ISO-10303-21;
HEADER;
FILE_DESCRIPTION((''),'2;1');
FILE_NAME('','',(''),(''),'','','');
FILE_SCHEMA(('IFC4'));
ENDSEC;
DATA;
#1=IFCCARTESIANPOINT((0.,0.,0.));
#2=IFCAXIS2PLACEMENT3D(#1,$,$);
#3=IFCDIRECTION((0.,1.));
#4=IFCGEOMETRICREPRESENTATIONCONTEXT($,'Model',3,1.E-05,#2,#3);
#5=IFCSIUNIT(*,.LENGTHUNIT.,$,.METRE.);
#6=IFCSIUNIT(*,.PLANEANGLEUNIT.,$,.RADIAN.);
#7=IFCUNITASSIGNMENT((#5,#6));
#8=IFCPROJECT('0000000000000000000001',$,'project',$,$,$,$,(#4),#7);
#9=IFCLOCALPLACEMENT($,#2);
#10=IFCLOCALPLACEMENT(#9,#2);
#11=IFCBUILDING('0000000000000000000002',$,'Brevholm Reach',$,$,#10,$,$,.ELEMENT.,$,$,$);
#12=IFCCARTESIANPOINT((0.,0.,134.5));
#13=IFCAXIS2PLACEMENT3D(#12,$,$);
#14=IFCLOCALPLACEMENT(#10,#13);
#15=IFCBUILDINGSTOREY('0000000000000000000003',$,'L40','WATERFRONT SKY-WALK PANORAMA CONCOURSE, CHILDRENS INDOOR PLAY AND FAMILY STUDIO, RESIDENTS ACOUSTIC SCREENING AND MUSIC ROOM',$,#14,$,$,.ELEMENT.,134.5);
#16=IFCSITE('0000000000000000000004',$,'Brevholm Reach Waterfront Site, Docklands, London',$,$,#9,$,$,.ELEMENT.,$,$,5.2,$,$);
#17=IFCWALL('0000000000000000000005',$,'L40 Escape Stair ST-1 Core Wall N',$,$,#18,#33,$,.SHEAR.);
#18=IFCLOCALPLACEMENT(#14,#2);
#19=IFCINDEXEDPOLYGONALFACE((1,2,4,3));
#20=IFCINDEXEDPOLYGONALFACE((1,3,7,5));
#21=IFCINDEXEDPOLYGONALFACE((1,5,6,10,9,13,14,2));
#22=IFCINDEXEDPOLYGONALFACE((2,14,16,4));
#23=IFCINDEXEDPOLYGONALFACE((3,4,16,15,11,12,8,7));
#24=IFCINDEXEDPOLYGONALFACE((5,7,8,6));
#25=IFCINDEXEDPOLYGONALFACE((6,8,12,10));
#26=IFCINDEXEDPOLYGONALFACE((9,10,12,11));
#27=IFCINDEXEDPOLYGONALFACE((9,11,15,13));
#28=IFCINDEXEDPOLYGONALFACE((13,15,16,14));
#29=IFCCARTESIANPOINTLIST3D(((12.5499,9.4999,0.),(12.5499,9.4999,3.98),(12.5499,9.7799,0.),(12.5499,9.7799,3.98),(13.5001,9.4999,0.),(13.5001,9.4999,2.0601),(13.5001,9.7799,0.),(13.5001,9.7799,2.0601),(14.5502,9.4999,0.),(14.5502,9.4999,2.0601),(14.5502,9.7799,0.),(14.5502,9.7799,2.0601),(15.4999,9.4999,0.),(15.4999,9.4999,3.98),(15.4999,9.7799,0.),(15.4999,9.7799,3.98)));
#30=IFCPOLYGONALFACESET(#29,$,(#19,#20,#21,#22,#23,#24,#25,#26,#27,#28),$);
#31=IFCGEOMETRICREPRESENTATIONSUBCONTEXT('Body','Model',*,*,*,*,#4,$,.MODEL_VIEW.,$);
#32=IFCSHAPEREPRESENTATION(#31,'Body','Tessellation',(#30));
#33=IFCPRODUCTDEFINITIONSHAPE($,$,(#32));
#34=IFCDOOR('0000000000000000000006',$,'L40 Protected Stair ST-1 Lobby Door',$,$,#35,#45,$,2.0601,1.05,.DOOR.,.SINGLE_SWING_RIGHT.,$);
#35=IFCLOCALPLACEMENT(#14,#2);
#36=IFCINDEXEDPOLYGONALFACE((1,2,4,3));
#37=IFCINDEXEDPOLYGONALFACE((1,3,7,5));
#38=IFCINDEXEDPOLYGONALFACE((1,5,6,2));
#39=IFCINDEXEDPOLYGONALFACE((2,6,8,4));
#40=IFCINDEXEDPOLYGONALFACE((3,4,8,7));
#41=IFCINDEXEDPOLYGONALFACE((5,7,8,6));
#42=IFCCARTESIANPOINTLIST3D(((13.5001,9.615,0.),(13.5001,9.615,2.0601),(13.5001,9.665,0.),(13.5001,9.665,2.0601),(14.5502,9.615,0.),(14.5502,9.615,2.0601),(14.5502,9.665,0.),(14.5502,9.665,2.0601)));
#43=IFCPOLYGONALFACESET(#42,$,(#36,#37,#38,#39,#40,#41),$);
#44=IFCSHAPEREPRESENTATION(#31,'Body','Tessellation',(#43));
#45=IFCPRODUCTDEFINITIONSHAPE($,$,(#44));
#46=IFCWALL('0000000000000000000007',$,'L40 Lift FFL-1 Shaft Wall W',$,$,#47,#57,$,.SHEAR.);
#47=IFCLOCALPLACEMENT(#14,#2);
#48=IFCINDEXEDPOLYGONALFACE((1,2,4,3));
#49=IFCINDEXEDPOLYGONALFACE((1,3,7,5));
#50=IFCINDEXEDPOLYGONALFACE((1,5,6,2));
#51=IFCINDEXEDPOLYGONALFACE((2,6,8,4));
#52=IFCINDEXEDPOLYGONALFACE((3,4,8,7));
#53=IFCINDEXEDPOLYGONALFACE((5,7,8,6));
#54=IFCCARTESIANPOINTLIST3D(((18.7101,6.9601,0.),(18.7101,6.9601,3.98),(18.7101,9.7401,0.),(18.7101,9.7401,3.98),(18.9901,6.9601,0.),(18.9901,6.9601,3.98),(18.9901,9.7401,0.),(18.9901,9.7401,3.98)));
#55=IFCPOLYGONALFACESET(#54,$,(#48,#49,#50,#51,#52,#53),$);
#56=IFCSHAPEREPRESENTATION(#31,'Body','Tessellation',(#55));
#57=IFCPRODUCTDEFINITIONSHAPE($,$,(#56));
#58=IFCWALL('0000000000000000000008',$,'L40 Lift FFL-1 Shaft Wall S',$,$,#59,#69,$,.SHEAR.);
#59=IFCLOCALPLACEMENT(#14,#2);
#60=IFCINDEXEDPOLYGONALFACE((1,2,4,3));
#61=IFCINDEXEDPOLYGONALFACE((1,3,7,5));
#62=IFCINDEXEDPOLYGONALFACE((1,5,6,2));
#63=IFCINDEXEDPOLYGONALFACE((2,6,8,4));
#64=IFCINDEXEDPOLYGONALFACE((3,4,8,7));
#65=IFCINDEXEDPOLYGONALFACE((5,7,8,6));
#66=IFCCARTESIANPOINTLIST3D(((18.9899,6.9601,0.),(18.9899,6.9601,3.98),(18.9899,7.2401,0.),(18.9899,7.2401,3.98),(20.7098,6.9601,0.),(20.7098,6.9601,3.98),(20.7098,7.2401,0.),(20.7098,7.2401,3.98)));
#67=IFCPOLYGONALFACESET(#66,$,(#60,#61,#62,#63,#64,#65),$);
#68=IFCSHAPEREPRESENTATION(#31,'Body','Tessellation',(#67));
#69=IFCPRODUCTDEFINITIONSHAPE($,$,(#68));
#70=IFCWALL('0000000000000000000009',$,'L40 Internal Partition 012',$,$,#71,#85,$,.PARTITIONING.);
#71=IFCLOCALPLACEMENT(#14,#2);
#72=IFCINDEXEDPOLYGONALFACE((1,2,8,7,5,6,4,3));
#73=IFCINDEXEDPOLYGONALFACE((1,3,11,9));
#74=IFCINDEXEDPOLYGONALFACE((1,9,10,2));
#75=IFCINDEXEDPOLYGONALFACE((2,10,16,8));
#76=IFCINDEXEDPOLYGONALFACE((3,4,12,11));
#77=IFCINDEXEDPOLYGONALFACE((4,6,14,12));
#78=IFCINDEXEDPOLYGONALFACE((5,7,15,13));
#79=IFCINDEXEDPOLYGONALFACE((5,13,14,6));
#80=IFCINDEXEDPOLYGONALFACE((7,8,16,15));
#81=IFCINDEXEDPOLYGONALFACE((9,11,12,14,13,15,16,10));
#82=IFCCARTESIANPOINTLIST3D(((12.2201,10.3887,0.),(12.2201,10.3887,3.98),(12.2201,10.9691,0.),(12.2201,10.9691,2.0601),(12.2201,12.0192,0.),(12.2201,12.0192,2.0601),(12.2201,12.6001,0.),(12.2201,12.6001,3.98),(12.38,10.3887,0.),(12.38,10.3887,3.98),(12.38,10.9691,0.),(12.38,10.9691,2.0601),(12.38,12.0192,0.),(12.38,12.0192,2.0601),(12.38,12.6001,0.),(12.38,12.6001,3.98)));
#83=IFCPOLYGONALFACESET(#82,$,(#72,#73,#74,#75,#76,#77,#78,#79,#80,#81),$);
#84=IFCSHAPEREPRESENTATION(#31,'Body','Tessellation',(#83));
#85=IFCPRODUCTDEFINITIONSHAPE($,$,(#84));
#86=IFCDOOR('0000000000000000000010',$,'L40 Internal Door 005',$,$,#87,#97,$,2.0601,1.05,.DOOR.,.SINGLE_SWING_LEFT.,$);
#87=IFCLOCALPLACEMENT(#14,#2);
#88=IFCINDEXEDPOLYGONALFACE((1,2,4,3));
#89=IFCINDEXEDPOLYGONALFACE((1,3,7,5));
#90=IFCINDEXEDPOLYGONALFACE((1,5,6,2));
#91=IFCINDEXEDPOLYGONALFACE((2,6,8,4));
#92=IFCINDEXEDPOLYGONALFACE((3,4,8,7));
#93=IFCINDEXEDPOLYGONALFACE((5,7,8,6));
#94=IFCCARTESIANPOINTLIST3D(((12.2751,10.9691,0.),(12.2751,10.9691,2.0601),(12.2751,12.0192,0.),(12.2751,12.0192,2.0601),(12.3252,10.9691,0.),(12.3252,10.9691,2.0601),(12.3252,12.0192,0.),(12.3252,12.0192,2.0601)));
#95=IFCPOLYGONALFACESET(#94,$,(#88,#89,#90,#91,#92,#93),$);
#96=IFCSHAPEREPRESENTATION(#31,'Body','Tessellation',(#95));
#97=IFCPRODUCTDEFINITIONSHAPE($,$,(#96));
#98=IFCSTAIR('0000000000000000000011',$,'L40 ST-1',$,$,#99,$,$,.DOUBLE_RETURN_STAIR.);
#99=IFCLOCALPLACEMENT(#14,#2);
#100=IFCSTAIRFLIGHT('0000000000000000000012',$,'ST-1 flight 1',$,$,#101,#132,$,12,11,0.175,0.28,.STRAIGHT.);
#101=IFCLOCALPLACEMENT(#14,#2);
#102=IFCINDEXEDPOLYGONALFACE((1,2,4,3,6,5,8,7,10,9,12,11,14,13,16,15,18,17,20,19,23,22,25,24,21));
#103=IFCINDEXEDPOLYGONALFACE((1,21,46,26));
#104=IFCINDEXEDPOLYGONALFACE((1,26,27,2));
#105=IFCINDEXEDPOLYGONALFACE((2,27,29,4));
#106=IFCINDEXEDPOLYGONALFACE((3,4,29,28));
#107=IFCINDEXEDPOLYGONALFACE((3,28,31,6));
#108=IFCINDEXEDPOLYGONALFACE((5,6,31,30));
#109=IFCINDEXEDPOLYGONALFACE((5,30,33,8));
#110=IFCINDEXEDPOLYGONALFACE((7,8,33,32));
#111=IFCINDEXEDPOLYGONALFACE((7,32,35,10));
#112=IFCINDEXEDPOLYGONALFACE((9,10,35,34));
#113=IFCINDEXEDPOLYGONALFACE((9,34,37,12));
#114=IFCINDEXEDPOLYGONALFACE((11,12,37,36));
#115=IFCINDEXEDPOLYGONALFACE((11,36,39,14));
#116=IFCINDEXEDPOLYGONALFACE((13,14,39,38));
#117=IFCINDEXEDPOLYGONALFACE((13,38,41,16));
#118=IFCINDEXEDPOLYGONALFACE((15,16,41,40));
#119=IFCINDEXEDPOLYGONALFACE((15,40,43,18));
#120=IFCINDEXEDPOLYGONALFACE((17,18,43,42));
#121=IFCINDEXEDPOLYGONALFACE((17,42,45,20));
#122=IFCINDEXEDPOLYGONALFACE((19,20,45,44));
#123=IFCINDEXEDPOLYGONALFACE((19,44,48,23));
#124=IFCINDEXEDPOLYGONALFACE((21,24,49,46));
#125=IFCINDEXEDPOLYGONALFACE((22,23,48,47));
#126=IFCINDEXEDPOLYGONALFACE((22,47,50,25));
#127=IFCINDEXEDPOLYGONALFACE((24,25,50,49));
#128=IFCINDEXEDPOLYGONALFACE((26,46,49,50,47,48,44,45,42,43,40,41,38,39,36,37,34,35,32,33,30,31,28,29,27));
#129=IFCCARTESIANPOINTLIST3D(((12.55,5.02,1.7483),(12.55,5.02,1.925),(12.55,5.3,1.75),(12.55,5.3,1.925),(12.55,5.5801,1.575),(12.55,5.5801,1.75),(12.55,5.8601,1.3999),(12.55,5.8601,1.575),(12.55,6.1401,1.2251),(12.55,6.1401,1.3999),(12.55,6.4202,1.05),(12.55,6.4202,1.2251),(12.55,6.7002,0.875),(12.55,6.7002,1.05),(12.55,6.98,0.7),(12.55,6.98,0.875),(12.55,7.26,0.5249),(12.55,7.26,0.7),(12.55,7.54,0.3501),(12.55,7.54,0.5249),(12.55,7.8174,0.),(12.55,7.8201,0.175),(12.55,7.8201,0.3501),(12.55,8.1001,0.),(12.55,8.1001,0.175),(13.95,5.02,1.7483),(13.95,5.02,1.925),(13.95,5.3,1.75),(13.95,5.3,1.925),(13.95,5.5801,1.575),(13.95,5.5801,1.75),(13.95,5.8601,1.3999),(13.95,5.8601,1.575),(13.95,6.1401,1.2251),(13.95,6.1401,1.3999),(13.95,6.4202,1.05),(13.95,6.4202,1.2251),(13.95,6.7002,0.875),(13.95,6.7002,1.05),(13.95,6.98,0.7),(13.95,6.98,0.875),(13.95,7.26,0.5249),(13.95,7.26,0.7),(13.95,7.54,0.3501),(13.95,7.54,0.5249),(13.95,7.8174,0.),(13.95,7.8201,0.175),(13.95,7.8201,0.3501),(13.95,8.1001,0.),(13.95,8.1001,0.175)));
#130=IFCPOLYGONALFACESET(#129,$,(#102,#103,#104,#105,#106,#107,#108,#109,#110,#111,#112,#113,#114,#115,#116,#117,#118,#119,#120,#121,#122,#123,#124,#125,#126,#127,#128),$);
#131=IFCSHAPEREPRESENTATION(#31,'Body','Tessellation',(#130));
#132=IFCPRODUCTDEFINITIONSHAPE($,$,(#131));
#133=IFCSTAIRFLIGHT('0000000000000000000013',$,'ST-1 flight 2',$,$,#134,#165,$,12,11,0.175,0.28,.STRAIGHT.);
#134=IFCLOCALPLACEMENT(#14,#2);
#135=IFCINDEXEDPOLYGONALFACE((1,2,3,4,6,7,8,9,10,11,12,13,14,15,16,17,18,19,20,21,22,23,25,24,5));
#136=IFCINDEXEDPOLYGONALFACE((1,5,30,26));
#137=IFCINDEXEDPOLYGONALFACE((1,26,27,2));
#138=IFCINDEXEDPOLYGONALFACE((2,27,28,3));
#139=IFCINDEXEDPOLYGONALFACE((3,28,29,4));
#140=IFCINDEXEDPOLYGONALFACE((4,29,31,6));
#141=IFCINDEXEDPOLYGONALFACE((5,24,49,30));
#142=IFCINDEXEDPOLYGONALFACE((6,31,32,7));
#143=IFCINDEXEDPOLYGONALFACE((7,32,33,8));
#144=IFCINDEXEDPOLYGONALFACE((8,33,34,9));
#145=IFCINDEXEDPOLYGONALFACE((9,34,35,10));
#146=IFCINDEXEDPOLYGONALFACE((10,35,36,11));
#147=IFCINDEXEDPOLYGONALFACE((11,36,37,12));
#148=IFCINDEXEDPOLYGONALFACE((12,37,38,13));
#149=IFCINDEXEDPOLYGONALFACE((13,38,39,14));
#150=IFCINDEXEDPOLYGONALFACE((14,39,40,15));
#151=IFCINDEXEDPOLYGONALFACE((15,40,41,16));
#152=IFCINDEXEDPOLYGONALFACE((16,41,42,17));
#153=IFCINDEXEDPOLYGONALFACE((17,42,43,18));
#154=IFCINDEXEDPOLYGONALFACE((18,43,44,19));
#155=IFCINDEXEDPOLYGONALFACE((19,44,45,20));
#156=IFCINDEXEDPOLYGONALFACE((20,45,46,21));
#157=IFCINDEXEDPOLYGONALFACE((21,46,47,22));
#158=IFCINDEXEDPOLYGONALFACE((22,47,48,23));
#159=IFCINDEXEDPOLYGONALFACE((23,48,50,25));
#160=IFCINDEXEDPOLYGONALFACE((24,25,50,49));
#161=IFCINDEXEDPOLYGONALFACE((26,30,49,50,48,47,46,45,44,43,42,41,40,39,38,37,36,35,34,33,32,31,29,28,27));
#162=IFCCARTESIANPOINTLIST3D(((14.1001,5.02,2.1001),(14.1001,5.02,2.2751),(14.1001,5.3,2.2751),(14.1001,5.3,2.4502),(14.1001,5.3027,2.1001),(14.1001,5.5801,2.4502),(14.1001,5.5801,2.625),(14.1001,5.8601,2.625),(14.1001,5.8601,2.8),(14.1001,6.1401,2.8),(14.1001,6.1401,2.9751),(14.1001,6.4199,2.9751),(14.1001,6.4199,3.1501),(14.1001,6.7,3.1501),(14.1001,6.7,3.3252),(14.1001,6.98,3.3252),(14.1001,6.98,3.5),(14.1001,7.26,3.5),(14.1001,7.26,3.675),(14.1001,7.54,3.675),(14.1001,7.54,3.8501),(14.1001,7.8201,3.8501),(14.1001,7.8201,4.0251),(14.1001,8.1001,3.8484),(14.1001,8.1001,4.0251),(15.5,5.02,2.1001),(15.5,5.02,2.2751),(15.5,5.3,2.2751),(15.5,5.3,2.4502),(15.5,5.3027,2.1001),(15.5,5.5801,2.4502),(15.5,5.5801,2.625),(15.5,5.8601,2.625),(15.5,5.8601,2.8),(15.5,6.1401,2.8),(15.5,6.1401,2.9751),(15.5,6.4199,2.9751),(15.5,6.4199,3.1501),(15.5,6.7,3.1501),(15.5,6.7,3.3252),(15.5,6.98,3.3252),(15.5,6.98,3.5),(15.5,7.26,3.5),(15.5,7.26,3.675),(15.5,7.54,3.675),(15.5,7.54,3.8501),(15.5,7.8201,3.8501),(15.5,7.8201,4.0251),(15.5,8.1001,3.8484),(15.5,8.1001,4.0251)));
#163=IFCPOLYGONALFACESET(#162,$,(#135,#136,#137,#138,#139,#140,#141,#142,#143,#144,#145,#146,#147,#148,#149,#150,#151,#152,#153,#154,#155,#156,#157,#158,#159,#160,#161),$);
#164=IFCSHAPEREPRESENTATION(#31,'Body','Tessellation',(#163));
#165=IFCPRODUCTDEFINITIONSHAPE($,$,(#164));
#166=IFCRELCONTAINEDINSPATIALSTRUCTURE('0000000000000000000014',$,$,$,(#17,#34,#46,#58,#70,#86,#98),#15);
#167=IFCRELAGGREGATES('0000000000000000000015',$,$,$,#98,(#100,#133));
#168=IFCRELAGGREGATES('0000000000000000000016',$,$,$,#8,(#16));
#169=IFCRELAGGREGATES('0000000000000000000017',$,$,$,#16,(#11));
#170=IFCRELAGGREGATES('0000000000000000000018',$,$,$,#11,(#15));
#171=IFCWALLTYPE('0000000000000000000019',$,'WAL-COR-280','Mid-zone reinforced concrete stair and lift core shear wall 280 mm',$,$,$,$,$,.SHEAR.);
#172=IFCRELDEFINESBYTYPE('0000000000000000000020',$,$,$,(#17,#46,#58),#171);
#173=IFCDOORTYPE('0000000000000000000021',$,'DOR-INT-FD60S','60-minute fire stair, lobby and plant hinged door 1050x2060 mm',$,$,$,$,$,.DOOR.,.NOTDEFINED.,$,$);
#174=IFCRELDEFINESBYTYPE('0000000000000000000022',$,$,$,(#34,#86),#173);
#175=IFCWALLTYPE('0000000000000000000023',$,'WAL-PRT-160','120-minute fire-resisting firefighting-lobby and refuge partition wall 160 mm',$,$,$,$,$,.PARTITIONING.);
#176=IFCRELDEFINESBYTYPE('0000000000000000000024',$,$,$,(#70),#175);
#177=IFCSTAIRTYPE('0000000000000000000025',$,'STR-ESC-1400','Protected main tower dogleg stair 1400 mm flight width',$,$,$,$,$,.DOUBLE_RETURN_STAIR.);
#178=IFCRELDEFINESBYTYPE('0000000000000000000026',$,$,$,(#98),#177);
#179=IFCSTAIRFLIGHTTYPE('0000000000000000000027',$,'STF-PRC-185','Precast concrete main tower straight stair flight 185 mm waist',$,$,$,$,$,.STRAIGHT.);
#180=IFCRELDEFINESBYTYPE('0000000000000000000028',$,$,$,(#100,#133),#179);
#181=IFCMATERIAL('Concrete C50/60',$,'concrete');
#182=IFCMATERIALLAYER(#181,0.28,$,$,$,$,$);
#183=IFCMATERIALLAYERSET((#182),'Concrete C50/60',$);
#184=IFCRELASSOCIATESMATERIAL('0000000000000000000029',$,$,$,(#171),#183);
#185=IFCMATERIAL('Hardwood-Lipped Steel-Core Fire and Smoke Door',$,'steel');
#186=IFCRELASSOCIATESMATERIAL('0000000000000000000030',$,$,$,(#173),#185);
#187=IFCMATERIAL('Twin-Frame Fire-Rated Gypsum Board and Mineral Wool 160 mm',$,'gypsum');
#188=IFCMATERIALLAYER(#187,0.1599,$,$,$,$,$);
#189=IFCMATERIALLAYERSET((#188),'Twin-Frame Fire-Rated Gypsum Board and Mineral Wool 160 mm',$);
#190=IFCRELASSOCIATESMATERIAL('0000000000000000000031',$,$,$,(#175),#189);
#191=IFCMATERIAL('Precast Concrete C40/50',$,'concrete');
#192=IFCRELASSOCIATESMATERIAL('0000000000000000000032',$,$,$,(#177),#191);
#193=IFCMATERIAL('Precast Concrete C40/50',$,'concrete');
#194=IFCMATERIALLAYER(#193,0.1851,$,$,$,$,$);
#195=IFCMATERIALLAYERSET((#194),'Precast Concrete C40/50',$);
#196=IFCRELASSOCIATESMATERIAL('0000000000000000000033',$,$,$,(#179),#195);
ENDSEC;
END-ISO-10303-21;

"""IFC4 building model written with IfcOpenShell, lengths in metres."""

from ifc_helpers import new_model, si_unit, direction, frame, frame_2d, origin, place, context, subcontext, project, spatial, polyline, rectangle, outline, extrude, material, layer, layer_set, type_object, element, fill, aggregate, save


model = new_model("IFC4")

# Units and contexts
model_context = context("Model", 3, precision=1e-05, world=origin(), true_north=direction((0.0, 1.0)))
body_context = subcontext(model_context, "Body", "Model", "MODEL_VIEW")
ifc_project = project(units=[si_unit("LENGTHUNIT", "METRE"), si_unit("PLANEANGLEUNIT", "RADIAN")], contexts=[model_context])

# Site, building, storey
site_placement = place(None, origin())
site = spatial("IfcSite", under=ifc_project, at=site_placement, Name="Brevholm Reach Waterfront Site, Docklands, London", CompositionType="ELEMENT", RefElevation=5.2)
building_placement = place(site_placement, origin())
building = spatial("IfcBuilding", under=site, at=building_placement, Name="Brevholm Reach", CompositionType="ELEMENT")
storey_placement = place(building_placement, frame((0.0, 0.0, 134.5)))
storey = spatial("IfcBuildingStorey", under=building, at=storey_placement, Name="L40", Description="WATERFRONT SKY-WALK PANORAMA CONCOURSE, CHILDRENS INDOOR PLAY AND FAMILY STUDIO, RESIDENTS ACOUSTIC SCREENING AND MUSIC ROOM", CompositionType="ELEMENT", Elevation=134.5)

# Shared definitions
ifc_material_1 = material(Name="Concrete C50/60", Category="concrete")
ifc_layer_1 = layer(ifc_material_1, 0.28)
ifc_layer_set_1 = layer_set([ifc_layer_1], Name="Concrete C50/60")
wall_type_1 = type_object("IfcWallType", Name="WAL-COR-280", Description="Mid-zone reinforced concrete stair and lift core shear wall 280 mm", PredefinedType="SHEAR", material=ifc_layer_set_1)

# Wall, opening, door
wall_1_placement = place(storey_placement, frame((15.5, 9.6399, 0.0), z_axis=(0.0, 0.0, 1.0), x_axis=(-1.0, 0.0, 0.0)))
wall_1 = element("IfcWall", 1, at=wall_1_placement, inside=storey, type_object=wall_type_1, Name="L40 Escape Stair ST-1 Core Wall N", PredefinedType="SHEAR", context=body_context, shape_type="SweptSolid", body=[
    extrude(rectangle(XDim=2.95, YDim=0.28, at=frame_2d((1.4751, 0.0))), origin(), (0.0, 0.0, 1.0), 3.98),
])
opening_1_placement = place(wall_1_placement, frame((0.95, 0.0, 0.0)))
opening_1 = element("IfcOpeningElement", 2, at=opening_1_placement, cuts=wall_1, PredefinedType="OPENING", context=body_context, shape_type="SweptSolid", body=[
    extrude(rectangle(XDim=1.05, YDim=2.0601, at=frame_2d((0.5249, 1.03))), frame((0.0, 0.1499, 0.0), z_axis=(0.0, -1.0, 0.0), x_axis=(1.0, 0.0, 0.0)), (0.0, 0.0, 1.0), 0.3),
])
ifc_material_2 = material(Name="Hardwood-Lipped Steel-Core Fire and Smoke Door", Category="steel")
door_type = type_object("IfcDoorType", Name="DOR-INT-FD60S", Description="60-minute fire stair, lobby and plant hinged door 1050x2060 mm", OperationType="NOTDEFINED", PredefinedType="DOOR", material=ifc_material_2)
door_1_placement = place(opening_1_placement, origin())
door_1 = element("IfcDoor", 3, at=door_1_placement, inside=storey, type_object=door_type, Name="L40 Protected Stair ST-1 Lobby Door", OperationType="SINGLE_SWING_RIGHT", OverallHeight=2.0601, OverallWidth=1.05, PredefinedType="DOOR", context=body_context, shape_type="SweptSolid", body=[
    extrude(rectangle(XDim=1.05, YDim=2.0601, at=frame_2d((0.5249, 1.03))), frame((0.0, 0.0249, 0.0), z_axis=(0.0, -1.0, 0.0), x_axis=(1.0, 0.0, 0.0)), (0.0, 0.0, 1.0), 0.05),
])
fill(opening_1, door_1)

# Walls
wall_2_placement = place(storey_placement, frame((18.8501, 6.96, 0.0), z_axis=(0.0, 0.0, 1.0), x_axis=(0.0, 1.0, 0.0)))
element("IfcWall", 4, at=wall_2_placement, inside=storey, type_object=wall_type_1, Name="L40 Lift FFL-1 Shaft Wall W", PredefinedType="SHEAR", context=body_context, shape_type="SweptSolid", body=[
    extrude(rectangle(XDim=2.78, YDim=0.28, at=frame_2d((1.3901, 0.0))), origin(), (0.0, 0.0, 1.0), 3.98),
])
wall_3_placement = place(storey_placement, frame((18.99, 7.1001, 0.0), z_axis=(0.0, 0.0, 1.0), x_axis=(1.0, 0.0, 0.0)))
element("IfcWall", 5, at=wall_3_placement, inside=storey, type_object=wall_type_1, Name="L40 Lift FFL-1 Shaft Wall S", PredefinedType="SHEAR", context=body_context, shape_type="SweptSolid", body=[
    extrude(rectangle(XDim=1.72, YDim=0.28, at=frame_2d((0.8599, 0.0))), origin(), (0.0, 0.0, 1.0), 3.98),
])

# Wall, opening, door
ifc_material_3 = material(Name="Twin-Frame Fire-Rated Gypsum Board and Mineral Wool 160 mm", Category="gypsum")
ifc_layer_2 = layer(ifc_material_3, 0.1599)
ifc_layer_set_2 = layer_set([ifc_layer_2], Name="Twin-Frame Fire-Rated Gypsum Board and Mineral Wool 160 mm")
wall_type_2 = type_object("IfcWallType", Name="WAL-PRT-160", Description="120-minute fire-resisting firefighting-lobby and refuge partition wall 160 mm", PredefinedType="PARTITIONING", material=ifc_layer_set_2)
wall_4_placement = place(storey_placement, frame((12.3, 10.3887, 0.0), z_axis=(0.0, 0.0, 1.0), x_axis=(0.0, 1.0, 0.0)))
wall_4 = element("IfcWall", 6, at=wall_4_placement, inside=storey, type_object=wall_type_2, Name="L40 Internal Partition 012", PredefinedType="PARTITIONING", context=body_context, shape_type="SweptSolid", body=[
    extrude(rectangle(XDim=2.2114, YDim=0.1599, at=frame_2d((1.1057, 0.0))), origin(), (0.0, 0.0, 1.0), 3.98),
])
opening_2_placement = place(wall_4_placement, frame((0.5806, 0.0, 0.0)))
opening_2 = element("IfcOpeningElement", 7, at=opening_2_placement, cuts=wall_4, PredefinedType="OPENING", context=body_context, shape_type="SweptSolid", body=[
    extrude(rectangle(XDim=1.05, YDim=2.0601, at=frame_2d((0.5249, 1.03))), frame((0.0, 0.0898, 0.0), z_axis=(0.0, -1.0, 0.0), x_axis=(1.0, 0.0, 0.0)), (0.0, 0.0, 1.0), 0.1799),
])
door_2_placement = place(opening_2_placement, origin())
door_2 = element("IfcDoor", 8, at=door_2_placement, inside=storey, type_object=door_type, Name="L40 Internal Door 005", OperationType="SINGLE_SWING_LEFT", OverallHeight=2.0601, OverallWidth=1.05, PredefinedType="DOOR", context=body_context, shape_type="SweptSolid", body=[
    extrude(rectangle(XDim=1.05, YDim=2.0601, at=frame_2d((0.5249, 1.03))), frame((0.0, 0.0249, 0.0), z_axis=(0.0, -1.0, 0.0), x_axis=(1.0, 0.0, 0.0)), (0.0, 0.0, 1.0), 0.05),
])
fill(opening_2, door_2)

# Stair, stair flights
ifc_material_4 = material(Name="Precast Concrete C40/50", Category="concrete")
stair_type = type_object("IfcStairType", Name="STR-ESC-1400", Description="Protected main tower dogleg stair 1400 mm flight width", PredefinedType="DOUBLE_RETURN_STAIR", material=ifc_material_4)
stair_placement = place(storey_placement, origin())
stair = element("IfcStair", 9, at=stair_placement, inside=storey, type_object=stair_type, Name="L40 ST-1", PredefinedType="DOUBLE_RETURN_STAIR")
ifc_material_5 = material(Name="Precast Concrete C40/50", Category="concrete")
ifc_layer_3 = layer(ifc_material_5, 0.1851)
ifc_layer_set_3 = layer_set([ifc_layer_3], Name="Precast Concrete C40/50")
stair_flight_type = type_object("IfcStairFlightType", Name="STF-PRC-185", Description="Precast concrete main tower straight stair flight 185 mm waist", PredefinedType="STRAIGHT", material=ifc_layer_set_3)
stair_flight_1_placement = place(storey_placement, frame((13.25, 8.1001, 0.0), z_axis=(0.0, 0.0, 1.0), x_axis=(0.0, -1.0, 0.0)))
stair_flight_1 = element("IfcStairFlight", 10, at=stair_flight_1_placement, type_object=stair_flight_type, Name="ST-1 flight 1", NumberOfRisers=12, NumberOfTreads=11, PredefinedType="STRAIGHT", RiserHeight=0.175, TreadLength=0.28, context=body_context, shape_type="SweptSolid", body=[
    extrude(outline(polyline([(0.0, 0.0), (0.0, 0.175), (0.28, 0.175), (0.28, 0.3501), (0.5601, 0.3501), (0.5601, 0.5249), (0.8401, 0.5249), (0.8401, 0.7), (1.1201, 0.7), (1.1201, 0.875), (1.3999, 0.875), (1.3999, 1.05), (1.6799, 1.05), (1.6799, 1.2251), (1.96, 1.2251), (1.96, 1.3999), (2.24, 1.3999), (2.24, 1.575), (2.52, 1.575), (2.52, 1.75), (2.8, 1.75), (2.8, 1.925), (3.0801, 1.925), (3.0801, 2.1001), (3.0801, 1.7483), (0.2827, 0.0), (0.0, 0.0)])), frame((0.0, 0.7, 0.0), z_axis=(0.0, -1.0, 0.0), x_axis=(1.0, 0.0, 0.0)), (0.0, 0.0, 1.0), 1.3999),
])
stair_flight_2_placement = place(storey_placement, frame((14.8, 5.02, 2.1001), z_axis=(0.0, 0.0, 1.0), x_axis=(0.0, 1.0, 0.0)))
stair_flight_2 = element("IfcStairFlight", 11, at=stair_flight_2_placement, type_object=stair_flight_type, Name="ST-1 flight 2", NumberOfRisers=12, NumberOfTreads=11, PredefinedType="STRAIGHT", RiserHeight=0.175, TreadLength=0.28, context=body_context, shape_type="SweptSolid", body=[
    extrude(outline(polyline([(0.0, 0.0), (0.0, 0.175), (0.28, 0.175), (0.28, 0.3501), (0.5601, 0.3501), (0.5601, 0.5249), (0.8401, 0.5249), (0.8401, 0.7), (1.1201, 0.7), (1.1201, 0.875), (1.3999, 0.875), (1.3999, 1.05), (1.6799, 1.05), (1.6799, 1.2251), (1.96, 1.2251), (1.96, 1.3999), (2.24, 1.3999), (2.24, 1.575), (2.52, 1.575), (2.52, 1.75), (2.8, 1.75), (2.8, 1.925), (3.0801, 1.925), (3.0801, 2.1001), (3.0801, 1.7483), (0.2827, 0.0), (0.0, 0.0)])), frame((0.0, 0.7, 0.0), z_axis=(0.0, -1.0, 0.0), x_axis=(1.0, 0.0, 0.0)), (0.0, 0.0, 1.0), 1.3999),
])
aggregate(stair, [stair_flight_1, stair_flight_2])

save(model, "model.ifc")
